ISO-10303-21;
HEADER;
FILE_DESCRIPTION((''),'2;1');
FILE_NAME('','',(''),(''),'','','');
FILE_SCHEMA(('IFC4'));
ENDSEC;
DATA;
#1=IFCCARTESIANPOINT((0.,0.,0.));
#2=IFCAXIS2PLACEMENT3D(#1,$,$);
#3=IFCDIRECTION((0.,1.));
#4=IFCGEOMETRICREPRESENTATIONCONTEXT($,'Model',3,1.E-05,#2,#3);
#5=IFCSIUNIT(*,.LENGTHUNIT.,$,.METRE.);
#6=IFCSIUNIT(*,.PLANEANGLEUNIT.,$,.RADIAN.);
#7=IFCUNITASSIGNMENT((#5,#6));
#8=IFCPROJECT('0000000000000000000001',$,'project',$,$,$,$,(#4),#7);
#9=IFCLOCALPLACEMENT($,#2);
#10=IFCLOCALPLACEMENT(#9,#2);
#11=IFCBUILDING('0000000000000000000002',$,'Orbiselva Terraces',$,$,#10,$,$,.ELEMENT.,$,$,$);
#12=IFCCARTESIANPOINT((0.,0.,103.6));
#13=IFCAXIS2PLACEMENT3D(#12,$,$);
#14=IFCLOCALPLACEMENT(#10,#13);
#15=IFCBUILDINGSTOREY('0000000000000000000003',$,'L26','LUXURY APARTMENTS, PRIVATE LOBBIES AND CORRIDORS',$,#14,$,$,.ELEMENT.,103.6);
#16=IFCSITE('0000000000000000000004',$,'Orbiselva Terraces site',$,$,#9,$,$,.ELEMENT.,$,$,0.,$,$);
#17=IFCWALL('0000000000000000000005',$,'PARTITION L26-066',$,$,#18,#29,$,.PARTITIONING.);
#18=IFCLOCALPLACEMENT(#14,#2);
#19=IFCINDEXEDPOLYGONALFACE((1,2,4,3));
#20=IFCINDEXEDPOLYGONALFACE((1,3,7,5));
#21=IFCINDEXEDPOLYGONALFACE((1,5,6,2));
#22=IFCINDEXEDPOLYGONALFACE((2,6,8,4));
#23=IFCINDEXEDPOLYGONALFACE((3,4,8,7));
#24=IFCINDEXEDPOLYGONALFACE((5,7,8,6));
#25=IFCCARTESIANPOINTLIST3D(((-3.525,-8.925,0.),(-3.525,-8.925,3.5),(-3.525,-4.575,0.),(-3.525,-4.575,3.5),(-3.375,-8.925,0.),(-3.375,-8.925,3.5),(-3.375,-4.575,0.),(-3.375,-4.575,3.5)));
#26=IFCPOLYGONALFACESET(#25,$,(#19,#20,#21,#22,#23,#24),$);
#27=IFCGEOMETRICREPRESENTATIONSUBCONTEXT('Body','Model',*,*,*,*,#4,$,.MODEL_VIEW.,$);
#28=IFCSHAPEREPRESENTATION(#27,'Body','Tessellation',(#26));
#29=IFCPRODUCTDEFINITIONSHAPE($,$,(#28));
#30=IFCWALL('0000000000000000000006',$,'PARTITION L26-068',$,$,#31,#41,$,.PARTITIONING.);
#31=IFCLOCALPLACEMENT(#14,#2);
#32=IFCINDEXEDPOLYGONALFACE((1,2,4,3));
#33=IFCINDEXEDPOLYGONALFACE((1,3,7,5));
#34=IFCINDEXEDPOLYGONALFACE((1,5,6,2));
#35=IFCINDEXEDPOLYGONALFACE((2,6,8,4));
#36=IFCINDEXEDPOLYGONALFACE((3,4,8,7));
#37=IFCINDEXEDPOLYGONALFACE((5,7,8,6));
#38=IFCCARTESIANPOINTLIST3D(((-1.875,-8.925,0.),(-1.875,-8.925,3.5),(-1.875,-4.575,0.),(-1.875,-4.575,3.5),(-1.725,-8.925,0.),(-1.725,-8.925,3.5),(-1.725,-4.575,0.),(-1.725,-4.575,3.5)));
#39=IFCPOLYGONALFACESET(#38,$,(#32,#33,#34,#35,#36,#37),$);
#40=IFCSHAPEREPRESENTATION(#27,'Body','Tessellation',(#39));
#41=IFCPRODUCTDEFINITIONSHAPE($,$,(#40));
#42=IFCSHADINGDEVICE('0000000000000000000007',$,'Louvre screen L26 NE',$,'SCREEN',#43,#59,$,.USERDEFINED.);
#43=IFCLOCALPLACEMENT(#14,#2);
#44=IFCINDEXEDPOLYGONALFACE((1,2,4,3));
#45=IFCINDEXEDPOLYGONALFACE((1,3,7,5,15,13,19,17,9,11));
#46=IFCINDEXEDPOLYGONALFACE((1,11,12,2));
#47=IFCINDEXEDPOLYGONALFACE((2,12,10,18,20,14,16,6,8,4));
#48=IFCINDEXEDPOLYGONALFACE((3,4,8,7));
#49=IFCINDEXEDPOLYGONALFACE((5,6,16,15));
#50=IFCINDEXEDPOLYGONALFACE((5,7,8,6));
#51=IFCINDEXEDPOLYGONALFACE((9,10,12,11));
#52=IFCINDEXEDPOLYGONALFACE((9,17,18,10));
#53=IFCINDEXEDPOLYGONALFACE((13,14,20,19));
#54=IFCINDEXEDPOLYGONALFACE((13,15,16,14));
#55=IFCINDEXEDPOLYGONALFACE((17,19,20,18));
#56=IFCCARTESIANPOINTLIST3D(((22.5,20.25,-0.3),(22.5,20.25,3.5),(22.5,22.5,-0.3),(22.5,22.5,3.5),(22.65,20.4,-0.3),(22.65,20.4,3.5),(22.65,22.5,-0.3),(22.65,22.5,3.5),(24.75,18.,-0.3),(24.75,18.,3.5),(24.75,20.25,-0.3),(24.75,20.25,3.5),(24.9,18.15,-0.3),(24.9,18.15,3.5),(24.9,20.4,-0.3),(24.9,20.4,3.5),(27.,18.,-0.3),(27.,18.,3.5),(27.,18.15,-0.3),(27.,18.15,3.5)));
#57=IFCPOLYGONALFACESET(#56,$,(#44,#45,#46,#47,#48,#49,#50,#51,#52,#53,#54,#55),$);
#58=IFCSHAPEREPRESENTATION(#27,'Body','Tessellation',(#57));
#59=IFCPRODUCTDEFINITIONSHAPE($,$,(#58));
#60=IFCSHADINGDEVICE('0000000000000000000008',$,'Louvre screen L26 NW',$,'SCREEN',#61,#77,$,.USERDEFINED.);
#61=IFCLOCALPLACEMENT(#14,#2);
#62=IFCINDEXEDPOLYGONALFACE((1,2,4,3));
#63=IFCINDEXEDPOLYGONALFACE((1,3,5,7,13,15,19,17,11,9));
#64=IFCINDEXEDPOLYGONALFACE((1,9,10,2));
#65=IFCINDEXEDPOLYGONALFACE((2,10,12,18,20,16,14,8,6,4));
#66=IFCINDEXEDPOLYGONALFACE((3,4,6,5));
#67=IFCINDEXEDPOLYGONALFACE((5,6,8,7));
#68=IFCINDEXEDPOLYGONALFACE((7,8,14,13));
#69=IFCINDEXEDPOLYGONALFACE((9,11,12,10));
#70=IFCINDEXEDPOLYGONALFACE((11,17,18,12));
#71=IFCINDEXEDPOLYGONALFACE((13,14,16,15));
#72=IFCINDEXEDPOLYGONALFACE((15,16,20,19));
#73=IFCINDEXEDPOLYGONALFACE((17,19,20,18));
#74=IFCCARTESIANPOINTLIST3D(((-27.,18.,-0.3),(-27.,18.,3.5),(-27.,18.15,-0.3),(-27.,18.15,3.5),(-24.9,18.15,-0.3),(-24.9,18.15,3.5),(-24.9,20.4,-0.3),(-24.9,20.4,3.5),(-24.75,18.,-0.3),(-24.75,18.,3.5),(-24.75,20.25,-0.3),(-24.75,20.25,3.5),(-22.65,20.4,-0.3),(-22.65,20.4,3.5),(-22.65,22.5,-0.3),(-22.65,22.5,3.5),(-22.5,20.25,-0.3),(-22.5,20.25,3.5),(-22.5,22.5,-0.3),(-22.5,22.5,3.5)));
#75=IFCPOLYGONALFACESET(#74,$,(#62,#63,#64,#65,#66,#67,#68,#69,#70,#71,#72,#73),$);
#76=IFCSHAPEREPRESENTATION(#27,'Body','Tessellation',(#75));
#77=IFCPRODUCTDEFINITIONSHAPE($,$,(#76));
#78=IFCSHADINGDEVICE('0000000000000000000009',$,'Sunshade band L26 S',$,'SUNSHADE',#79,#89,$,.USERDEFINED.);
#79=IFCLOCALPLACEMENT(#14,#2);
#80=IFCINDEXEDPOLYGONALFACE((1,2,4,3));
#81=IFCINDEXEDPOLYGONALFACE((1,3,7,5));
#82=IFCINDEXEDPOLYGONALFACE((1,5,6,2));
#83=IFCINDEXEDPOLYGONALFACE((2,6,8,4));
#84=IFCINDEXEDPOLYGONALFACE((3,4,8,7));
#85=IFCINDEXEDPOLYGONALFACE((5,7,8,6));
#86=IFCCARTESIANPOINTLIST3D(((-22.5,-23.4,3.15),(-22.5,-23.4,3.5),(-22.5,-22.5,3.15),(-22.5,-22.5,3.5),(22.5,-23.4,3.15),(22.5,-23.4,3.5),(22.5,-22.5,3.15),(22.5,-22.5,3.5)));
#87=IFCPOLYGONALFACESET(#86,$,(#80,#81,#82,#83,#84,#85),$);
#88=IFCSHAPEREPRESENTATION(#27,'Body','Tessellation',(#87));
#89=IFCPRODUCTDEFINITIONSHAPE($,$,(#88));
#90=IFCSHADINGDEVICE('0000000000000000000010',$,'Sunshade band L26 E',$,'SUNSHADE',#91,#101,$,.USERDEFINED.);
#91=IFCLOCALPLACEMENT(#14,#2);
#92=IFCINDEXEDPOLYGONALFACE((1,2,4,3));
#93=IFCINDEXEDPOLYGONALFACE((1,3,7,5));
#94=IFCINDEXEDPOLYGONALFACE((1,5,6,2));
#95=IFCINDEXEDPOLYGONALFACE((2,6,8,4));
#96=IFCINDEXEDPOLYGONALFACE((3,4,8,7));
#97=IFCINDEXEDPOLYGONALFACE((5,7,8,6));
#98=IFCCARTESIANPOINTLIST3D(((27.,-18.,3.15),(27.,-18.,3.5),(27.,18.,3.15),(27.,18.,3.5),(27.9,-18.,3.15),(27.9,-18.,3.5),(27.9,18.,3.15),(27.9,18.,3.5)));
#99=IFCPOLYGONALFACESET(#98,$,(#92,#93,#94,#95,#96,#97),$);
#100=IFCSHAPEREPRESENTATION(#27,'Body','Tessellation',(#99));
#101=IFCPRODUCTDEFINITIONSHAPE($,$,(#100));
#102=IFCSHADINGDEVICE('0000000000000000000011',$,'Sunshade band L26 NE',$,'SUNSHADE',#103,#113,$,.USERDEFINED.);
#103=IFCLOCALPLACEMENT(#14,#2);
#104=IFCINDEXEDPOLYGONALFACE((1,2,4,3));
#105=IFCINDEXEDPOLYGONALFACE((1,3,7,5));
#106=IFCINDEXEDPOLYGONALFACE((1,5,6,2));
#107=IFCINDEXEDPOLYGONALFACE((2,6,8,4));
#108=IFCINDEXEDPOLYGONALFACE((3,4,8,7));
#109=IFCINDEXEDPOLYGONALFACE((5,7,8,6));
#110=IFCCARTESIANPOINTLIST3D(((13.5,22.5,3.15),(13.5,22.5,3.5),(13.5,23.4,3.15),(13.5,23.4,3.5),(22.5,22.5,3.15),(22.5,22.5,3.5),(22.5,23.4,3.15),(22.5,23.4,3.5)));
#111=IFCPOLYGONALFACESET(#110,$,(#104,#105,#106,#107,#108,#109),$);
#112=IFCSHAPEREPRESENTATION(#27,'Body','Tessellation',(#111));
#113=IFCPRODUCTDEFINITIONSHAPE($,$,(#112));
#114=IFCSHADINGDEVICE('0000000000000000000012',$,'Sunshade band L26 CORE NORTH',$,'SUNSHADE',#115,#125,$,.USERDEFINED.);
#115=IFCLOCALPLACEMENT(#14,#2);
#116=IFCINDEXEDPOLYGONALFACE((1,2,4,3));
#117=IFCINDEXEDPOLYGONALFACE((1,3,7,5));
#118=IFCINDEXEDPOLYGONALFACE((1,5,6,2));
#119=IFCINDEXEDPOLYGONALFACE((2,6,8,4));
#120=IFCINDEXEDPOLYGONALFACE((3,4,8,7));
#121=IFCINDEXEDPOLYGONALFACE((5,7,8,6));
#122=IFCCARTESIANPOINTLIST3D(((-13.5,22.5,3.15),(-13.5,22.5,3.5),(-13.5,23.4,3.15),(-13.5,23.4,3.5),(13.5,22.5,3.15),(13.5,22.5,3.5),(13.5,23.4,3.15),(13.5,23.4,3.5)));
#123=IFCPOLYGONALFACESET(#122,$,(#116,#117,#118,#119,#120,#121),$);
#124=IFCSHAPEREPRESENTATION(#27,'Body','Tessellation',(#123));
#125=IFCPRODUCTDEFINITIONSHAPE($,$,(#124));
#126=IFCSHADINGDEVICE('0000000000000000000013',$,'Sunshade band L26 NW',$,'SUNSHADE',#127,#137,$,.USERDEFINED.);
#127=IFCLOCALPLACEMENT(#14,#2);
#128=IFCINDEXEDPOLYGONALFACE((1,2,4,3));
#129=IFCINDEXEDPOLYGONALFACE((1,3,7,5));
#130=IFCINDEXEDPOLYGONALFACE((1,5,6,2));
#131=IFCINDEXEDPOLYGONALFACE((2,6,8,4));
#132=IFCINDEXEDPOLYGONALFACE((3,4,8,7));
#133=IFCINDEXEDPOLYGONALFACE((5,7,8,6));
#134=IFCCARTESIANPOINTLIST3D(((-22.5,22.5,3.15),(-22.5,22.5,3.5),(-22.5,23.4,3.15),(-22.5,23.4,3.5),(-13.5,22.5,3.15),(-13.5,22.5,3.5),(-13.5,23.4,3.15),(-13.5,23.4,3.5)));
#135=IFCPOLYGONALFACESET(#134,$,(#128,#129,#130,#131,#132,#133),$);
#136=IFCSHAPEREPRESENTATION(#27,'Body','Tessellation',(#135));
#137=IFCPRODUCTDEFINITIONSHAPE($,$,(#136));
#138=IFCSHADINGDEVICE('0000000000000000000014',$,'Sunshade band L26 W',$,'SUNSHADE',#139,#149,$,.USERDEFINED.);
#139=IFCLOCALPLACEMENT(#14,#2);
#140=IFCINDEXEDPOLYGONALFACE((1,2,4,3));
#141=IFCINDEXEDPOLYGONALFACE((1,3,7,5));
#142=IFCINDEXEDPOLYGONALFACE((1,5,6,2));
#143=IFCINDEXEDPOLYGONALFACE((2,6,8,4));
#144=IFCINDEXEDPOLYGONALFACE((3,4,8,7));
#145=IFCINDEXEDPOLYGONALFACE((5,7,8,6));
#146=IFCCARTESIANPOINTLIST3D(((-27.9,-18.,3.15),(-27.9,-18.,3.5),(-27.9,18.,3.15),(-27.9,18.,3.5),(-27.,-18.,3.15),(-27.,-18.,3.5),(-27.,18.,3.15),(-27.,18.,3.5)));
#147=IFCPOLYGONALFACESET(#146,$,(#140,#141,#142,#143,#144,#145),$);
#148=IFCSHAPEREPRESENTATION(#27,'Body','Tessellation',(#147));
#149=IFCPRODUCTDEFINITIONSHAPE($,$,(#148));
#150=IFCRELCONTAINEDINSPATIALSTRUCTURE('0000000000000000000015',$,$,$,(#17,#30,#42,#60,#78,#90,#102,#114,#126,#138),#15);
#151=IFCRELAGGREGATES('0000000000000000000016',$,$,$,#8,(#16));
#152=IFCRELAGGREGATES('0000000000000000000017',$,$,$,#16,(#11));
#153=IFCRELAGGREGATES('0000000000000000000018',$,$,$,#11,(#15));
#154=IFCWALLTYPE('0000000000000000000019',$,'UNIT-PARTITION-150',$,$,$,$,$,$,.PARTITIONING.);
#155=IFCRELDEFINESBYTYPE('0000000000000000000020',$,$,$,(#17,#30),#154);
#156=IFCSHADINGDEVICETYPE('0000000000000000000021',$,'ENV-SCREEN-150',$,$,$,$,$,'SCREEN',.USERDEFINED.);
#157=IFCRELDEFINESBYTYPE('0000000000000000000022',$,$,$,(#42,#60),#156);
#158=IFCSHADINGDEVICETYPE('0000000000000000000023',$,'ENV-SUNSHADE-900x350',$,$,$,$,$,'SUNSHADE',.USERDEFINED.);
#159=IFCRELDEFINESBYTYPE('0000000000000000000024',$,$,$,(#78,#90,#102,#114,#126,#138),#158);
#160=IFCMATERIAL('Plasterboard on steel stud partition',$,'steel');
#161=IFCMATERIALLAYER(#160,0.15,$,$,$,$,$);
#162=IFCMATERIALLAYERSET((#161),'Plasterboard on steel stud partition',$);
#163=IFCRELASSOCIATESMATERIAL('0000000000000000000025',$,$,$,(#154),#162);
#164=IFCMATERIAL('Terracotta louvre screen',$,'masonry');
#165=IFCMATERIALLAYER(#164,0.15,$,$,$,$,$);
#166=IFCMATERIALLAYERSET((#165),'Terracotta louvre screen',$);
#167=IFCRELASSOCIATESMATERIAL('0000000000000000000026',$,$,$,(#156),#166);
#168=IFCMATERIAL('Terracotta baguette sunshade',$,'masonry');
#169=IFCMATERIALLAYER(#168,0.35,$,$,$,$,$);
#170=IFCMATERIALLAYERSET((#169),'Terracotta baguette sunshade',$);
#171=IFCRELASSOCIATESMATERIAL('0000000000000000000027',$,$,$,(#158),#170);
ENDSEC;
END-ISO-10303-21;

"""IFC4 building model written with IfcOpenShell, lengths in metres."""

from ifc_helpers import new_model, si_unit, direction, frame, frame_2d, origin, place, context, subcontext, project, spatial, polyline, rectangle, outline, extrude, material, layer, layer_set, type_object, element, save


model = new_model("IFC4")

# Units and contexts
model_context = context("Model", 3, precision=1e-05, world=origin(), true_north=direction((0.0, 1.0)))
body_context = subcontext(model_context, "Body", "Model", "MODEL_VIEW")
ifc_project = project(units=[si_unit("LENGTHUNIT", "METRE"), si_unit("PLANEANGLEUNIT", "RADIAN")], contexts=[model_context])

# Site, building, storey
site_placement = place(None, origin())
site = spatial("IfcSite", under=ifc_project, at=site_placement, Name="Orbiselva Terraces site", CompositionType="ELEMENT", RefElevation=0.0)
building_placement = place(site_placement, origin())
building = spatial("IfcBuilding", under=site, at=building_placement, Name="Orbiselva Terraces", CompositionType="ELEMENT")
storey_placement = place(building_placement, frame((0.0, 0.0, 103.6)))
storey = spatial("IfcBuildingStorey", under=building, at=storey_placement, Name="L26", Description="LUXURY APARTMENTS, PRIVATE LOBBIES AND CORRIDORS", CompositionType="ELEMENT", Elevation=103.6)

# Shared definitions
ifc_material_1 = material(Name="Plasterboard on steel stud partition", Category="steel")

# Shared definitions
ifc_layer_1 = layer(ifc_material_1, 0.15)
ifc_layer_set_1 = layer_set([ifc_layer_1], Name="Plasterboard on steel stud partition")
wall_type_1 = type_object("IfcWallType", Name="UNIT-PARTITION-150", PredefinedType="PARTITIONING", material=ifc_layer_set_1)

# Walls
for number, where, z_axis, x_axis, name in (
    (1, (-3.45, -8.925, 0.0), (0.0, 0.0, 1.0), (0.0, 1.0, 0.0), "PARTITION L26-066"),
    (2, (-1.8, -8.925, 0.0), (0.0, 0.0, 1.0), (0.0, 1.0, 0.0), "PARTITION L26-068"),
):
    element("IfcWall", number, at=place(storey_placement, frame(where, z_axis=z_axis, x_axis=x_axis)), inside=storey, type_object=wall_type_1, Name=name, PredefinedType="PARTITIONING", context=body_context, shape_type="SweptSolid", body=[
        extrude(rectangle(XDim=4.35, YDim=0.15, at=frame_2d((2.175, 0.0))), origin(), (0.0, 0.0, 1.0), 3.5),
    ])

# Shading devices
ifc_material_2 = material(Name="Terracotta louvre screen", Category="masonry")
ifc_layer_2 = layer(ifc_material_2, 0.15)
ifc_layer_set_2 = layer_set([ifc_layer_2], Name="Terracotta louvre screen")
shading_device_type_1 = type_object("IfcShadingDeviceType", Name="ENV-SCREEN-150", ElementType="SCREEN", PredefinedType="USERDEFINED", material=ifc_layer_set_2)
shading_device_1_placement = place(storey_placement, frame((0.0, 0.0, -0.3)))
element("IfcShadingDevice", 3, at=shading_device_1_placement, inside=storey, type_object=shading_device_type_1, Name="Louvre screen L26 NE", ObjectType="SCREEN", PredefinedType="USERDEFINED", context=body_context, shape_type="SweptSolid", body=[
    extrude(outline(polyline([(27.0, 18.15), (24.9, 18.15), (24.9, 20.4), (22.65, 20.4), (22.65, 22.5), (22.5, 22.5), (22.5, 20.25), (24.75, 20.25), (24.75, 18.0), (27.0, 18.0), (27.0, 18.15)])), origin(), (0.0, 0.0, 1.0), 3.8),
])
shading_device_2_placement = place(storey_placement, frame((0.0, 0.0, -0.3)))
element("IfcShadingDevice", 4, at=shading_device_2_placement, inside=storey, type_object=shading_device_type_1, Name="Louvre screen L26 NW", ObjectType="SCREEN", PredefinedType="USERDEFINED", context=body_context, shape_type="SweptSolid", body=[
    extrude(outline(polyline([(-22.65, 22.5), (-22.65, 20.4), (-24.9, 20.4), (-24.9, 18.15), (-27.0, 18.15), (-27.0, 18.0), (-24.75, 18.0), (-24.75, 20.25), (-22.5, 20.25), (-22.5, 22.5), (-22.65, 22.5)])), origin(), (0.0, 0.0, 1.0), 3.8),
])
ifc_material_3 = material(Name="Terracotta baguette sunshade", Category="masonry")
ifc_layer_3 = layer(ifc_material_3, 0.35)
ifc_layer_set_3 = layer_set([ifc_layer_3], Name="Terracotta baguette sunshade")
shading_device_type_2 = type_object("IfcShadingDeviceType", Name="ENV-SUNSHADE-900x350", ElementType="SUNSHADE", PredefinedType="USERDEFINED", material=ifc_layer_set_3)
shading_device_3_placement = place(storey_placement, frame((0.0, 0.0, 3.15)))
element("IfcShadingDevice", 5, at=shading_device_3_placement, inside=storey, type_object=shading_device_type_2, Name="Sunshade band L26 S", ObjectType="SUNSHADE", PredefinedType="USERDEFINED", context=body_context, shape_type="SweptSolid", body=[
    extrude(outline(polyline([(-22.5, -23.4), (22.5, -23.4), (22.5, -22.5), (-22.5, -22.5), (-22.5, -23.4)])), origin(), (0.0, 0.0, 1.0), 0.35),
])
shading_device_4_placement = place(storey_placement, frame((0.0, 0.0, 3.15)))
element("IfcShadingDevice", 6, at=shading_device_4_placement, inside=storey, type_object=shading_device_type_2, Name="Sunshade band L26 E", ObjectType="SUNSHADE", PredefinedType="USERDEFINED", context=body_context, shape_type="SweptSolid", body=[
    extrude(outline(polyline([(27.9, -18.0), (27.9, 18.0), (27.0, 18.0), (27.0, -18.0), (27.9, -18.0)])), origin(), (0.0, 0.0, 1.0), 0.35),
])
shading_device_5_placement = place(storey_placement, frame((0.0, 0.0, 3.15)))
element("IfcShadingDevice", 7, at=shading_device_5_placement, inside=storey, type_object=shading_device_type_2, Name="Sunshade band L26 NE", ObjectType="SUNSHADE", PredefinedType="USERDEFINED", context=body_context, shape_type="SweptSolid", body=[
    extrude(outline(polyline([(22.5, 23.4), (13.5, 23.4), (13.5, 22.5), (22.5, 22.5), (22.5, 23.4)])), origin(), (0.0, 0.0, 1.0), 0.35),
])
shading_device_6_placement = place(storey_placement, frame((0.0, 0.0, 3.15)))
element("IfcShadingDevice", 8, at=shading_device_6_placement, inside=storey, type_object=shading_device_type_2, Name="Sunshade band L26 CORE NORTH", ObjectType="SUNSHADE", PredefinedType="USERDEFINED", context=body_context, shape_type="SweptSolid", body=[
    extrude(outline(polyline([(13.5, 23.4), (-13.5, 23.4), (-13.5, 22.5), (13.5, 22.5), (13.5, 23.4)])), origin(), (0.0, 0.0, 1.0), 0.35),
])
shading_device_7_placement = place(storey_placement, frame((0.0, 0.0, 3.15)))
element("IfcShadingDevice", 9, at=shading_device_7_placement, inside=storey, type_object=shading_device_type_2, Name="Sunshade band L26 NW", ObjectType="SUNSHADE", PredefinedType="USERDEFINED", context=body_context, shape_type="SweptSolid", body=[
    extrude(outline(polyline([(-13.5, 23.4), (-22.5, 23.4), (-22.5, 22.5), (-13.5, 22.5), (-13.5, 23.4)])), origin(), (0.0, 0.0, 1.0), 0.35),
])
shading_device_8_placement = place(storey_placement, frame((0.0, 0.0, 3.15)))
element("IfcShadingDevice", 10, at=shading_device_8_placement, inside=storey, type_object=shading_device_type_2, Name="Sunshade band L26 W", ObjectType="SUNSHADE", PredefinedType="USERDEFINED", context=body_context, shape_type="SweptSolid", body=[
    extrude(outline(polyline([(-27.9, 18.0), (-27.9, -18.0), (-27.0, -18.0), (-27.0, 18.0), (-27.9, 18.0)])), origin(), (0.0, 0.0, 1.0), 0.35),
])

save(model, "model.ifc")
